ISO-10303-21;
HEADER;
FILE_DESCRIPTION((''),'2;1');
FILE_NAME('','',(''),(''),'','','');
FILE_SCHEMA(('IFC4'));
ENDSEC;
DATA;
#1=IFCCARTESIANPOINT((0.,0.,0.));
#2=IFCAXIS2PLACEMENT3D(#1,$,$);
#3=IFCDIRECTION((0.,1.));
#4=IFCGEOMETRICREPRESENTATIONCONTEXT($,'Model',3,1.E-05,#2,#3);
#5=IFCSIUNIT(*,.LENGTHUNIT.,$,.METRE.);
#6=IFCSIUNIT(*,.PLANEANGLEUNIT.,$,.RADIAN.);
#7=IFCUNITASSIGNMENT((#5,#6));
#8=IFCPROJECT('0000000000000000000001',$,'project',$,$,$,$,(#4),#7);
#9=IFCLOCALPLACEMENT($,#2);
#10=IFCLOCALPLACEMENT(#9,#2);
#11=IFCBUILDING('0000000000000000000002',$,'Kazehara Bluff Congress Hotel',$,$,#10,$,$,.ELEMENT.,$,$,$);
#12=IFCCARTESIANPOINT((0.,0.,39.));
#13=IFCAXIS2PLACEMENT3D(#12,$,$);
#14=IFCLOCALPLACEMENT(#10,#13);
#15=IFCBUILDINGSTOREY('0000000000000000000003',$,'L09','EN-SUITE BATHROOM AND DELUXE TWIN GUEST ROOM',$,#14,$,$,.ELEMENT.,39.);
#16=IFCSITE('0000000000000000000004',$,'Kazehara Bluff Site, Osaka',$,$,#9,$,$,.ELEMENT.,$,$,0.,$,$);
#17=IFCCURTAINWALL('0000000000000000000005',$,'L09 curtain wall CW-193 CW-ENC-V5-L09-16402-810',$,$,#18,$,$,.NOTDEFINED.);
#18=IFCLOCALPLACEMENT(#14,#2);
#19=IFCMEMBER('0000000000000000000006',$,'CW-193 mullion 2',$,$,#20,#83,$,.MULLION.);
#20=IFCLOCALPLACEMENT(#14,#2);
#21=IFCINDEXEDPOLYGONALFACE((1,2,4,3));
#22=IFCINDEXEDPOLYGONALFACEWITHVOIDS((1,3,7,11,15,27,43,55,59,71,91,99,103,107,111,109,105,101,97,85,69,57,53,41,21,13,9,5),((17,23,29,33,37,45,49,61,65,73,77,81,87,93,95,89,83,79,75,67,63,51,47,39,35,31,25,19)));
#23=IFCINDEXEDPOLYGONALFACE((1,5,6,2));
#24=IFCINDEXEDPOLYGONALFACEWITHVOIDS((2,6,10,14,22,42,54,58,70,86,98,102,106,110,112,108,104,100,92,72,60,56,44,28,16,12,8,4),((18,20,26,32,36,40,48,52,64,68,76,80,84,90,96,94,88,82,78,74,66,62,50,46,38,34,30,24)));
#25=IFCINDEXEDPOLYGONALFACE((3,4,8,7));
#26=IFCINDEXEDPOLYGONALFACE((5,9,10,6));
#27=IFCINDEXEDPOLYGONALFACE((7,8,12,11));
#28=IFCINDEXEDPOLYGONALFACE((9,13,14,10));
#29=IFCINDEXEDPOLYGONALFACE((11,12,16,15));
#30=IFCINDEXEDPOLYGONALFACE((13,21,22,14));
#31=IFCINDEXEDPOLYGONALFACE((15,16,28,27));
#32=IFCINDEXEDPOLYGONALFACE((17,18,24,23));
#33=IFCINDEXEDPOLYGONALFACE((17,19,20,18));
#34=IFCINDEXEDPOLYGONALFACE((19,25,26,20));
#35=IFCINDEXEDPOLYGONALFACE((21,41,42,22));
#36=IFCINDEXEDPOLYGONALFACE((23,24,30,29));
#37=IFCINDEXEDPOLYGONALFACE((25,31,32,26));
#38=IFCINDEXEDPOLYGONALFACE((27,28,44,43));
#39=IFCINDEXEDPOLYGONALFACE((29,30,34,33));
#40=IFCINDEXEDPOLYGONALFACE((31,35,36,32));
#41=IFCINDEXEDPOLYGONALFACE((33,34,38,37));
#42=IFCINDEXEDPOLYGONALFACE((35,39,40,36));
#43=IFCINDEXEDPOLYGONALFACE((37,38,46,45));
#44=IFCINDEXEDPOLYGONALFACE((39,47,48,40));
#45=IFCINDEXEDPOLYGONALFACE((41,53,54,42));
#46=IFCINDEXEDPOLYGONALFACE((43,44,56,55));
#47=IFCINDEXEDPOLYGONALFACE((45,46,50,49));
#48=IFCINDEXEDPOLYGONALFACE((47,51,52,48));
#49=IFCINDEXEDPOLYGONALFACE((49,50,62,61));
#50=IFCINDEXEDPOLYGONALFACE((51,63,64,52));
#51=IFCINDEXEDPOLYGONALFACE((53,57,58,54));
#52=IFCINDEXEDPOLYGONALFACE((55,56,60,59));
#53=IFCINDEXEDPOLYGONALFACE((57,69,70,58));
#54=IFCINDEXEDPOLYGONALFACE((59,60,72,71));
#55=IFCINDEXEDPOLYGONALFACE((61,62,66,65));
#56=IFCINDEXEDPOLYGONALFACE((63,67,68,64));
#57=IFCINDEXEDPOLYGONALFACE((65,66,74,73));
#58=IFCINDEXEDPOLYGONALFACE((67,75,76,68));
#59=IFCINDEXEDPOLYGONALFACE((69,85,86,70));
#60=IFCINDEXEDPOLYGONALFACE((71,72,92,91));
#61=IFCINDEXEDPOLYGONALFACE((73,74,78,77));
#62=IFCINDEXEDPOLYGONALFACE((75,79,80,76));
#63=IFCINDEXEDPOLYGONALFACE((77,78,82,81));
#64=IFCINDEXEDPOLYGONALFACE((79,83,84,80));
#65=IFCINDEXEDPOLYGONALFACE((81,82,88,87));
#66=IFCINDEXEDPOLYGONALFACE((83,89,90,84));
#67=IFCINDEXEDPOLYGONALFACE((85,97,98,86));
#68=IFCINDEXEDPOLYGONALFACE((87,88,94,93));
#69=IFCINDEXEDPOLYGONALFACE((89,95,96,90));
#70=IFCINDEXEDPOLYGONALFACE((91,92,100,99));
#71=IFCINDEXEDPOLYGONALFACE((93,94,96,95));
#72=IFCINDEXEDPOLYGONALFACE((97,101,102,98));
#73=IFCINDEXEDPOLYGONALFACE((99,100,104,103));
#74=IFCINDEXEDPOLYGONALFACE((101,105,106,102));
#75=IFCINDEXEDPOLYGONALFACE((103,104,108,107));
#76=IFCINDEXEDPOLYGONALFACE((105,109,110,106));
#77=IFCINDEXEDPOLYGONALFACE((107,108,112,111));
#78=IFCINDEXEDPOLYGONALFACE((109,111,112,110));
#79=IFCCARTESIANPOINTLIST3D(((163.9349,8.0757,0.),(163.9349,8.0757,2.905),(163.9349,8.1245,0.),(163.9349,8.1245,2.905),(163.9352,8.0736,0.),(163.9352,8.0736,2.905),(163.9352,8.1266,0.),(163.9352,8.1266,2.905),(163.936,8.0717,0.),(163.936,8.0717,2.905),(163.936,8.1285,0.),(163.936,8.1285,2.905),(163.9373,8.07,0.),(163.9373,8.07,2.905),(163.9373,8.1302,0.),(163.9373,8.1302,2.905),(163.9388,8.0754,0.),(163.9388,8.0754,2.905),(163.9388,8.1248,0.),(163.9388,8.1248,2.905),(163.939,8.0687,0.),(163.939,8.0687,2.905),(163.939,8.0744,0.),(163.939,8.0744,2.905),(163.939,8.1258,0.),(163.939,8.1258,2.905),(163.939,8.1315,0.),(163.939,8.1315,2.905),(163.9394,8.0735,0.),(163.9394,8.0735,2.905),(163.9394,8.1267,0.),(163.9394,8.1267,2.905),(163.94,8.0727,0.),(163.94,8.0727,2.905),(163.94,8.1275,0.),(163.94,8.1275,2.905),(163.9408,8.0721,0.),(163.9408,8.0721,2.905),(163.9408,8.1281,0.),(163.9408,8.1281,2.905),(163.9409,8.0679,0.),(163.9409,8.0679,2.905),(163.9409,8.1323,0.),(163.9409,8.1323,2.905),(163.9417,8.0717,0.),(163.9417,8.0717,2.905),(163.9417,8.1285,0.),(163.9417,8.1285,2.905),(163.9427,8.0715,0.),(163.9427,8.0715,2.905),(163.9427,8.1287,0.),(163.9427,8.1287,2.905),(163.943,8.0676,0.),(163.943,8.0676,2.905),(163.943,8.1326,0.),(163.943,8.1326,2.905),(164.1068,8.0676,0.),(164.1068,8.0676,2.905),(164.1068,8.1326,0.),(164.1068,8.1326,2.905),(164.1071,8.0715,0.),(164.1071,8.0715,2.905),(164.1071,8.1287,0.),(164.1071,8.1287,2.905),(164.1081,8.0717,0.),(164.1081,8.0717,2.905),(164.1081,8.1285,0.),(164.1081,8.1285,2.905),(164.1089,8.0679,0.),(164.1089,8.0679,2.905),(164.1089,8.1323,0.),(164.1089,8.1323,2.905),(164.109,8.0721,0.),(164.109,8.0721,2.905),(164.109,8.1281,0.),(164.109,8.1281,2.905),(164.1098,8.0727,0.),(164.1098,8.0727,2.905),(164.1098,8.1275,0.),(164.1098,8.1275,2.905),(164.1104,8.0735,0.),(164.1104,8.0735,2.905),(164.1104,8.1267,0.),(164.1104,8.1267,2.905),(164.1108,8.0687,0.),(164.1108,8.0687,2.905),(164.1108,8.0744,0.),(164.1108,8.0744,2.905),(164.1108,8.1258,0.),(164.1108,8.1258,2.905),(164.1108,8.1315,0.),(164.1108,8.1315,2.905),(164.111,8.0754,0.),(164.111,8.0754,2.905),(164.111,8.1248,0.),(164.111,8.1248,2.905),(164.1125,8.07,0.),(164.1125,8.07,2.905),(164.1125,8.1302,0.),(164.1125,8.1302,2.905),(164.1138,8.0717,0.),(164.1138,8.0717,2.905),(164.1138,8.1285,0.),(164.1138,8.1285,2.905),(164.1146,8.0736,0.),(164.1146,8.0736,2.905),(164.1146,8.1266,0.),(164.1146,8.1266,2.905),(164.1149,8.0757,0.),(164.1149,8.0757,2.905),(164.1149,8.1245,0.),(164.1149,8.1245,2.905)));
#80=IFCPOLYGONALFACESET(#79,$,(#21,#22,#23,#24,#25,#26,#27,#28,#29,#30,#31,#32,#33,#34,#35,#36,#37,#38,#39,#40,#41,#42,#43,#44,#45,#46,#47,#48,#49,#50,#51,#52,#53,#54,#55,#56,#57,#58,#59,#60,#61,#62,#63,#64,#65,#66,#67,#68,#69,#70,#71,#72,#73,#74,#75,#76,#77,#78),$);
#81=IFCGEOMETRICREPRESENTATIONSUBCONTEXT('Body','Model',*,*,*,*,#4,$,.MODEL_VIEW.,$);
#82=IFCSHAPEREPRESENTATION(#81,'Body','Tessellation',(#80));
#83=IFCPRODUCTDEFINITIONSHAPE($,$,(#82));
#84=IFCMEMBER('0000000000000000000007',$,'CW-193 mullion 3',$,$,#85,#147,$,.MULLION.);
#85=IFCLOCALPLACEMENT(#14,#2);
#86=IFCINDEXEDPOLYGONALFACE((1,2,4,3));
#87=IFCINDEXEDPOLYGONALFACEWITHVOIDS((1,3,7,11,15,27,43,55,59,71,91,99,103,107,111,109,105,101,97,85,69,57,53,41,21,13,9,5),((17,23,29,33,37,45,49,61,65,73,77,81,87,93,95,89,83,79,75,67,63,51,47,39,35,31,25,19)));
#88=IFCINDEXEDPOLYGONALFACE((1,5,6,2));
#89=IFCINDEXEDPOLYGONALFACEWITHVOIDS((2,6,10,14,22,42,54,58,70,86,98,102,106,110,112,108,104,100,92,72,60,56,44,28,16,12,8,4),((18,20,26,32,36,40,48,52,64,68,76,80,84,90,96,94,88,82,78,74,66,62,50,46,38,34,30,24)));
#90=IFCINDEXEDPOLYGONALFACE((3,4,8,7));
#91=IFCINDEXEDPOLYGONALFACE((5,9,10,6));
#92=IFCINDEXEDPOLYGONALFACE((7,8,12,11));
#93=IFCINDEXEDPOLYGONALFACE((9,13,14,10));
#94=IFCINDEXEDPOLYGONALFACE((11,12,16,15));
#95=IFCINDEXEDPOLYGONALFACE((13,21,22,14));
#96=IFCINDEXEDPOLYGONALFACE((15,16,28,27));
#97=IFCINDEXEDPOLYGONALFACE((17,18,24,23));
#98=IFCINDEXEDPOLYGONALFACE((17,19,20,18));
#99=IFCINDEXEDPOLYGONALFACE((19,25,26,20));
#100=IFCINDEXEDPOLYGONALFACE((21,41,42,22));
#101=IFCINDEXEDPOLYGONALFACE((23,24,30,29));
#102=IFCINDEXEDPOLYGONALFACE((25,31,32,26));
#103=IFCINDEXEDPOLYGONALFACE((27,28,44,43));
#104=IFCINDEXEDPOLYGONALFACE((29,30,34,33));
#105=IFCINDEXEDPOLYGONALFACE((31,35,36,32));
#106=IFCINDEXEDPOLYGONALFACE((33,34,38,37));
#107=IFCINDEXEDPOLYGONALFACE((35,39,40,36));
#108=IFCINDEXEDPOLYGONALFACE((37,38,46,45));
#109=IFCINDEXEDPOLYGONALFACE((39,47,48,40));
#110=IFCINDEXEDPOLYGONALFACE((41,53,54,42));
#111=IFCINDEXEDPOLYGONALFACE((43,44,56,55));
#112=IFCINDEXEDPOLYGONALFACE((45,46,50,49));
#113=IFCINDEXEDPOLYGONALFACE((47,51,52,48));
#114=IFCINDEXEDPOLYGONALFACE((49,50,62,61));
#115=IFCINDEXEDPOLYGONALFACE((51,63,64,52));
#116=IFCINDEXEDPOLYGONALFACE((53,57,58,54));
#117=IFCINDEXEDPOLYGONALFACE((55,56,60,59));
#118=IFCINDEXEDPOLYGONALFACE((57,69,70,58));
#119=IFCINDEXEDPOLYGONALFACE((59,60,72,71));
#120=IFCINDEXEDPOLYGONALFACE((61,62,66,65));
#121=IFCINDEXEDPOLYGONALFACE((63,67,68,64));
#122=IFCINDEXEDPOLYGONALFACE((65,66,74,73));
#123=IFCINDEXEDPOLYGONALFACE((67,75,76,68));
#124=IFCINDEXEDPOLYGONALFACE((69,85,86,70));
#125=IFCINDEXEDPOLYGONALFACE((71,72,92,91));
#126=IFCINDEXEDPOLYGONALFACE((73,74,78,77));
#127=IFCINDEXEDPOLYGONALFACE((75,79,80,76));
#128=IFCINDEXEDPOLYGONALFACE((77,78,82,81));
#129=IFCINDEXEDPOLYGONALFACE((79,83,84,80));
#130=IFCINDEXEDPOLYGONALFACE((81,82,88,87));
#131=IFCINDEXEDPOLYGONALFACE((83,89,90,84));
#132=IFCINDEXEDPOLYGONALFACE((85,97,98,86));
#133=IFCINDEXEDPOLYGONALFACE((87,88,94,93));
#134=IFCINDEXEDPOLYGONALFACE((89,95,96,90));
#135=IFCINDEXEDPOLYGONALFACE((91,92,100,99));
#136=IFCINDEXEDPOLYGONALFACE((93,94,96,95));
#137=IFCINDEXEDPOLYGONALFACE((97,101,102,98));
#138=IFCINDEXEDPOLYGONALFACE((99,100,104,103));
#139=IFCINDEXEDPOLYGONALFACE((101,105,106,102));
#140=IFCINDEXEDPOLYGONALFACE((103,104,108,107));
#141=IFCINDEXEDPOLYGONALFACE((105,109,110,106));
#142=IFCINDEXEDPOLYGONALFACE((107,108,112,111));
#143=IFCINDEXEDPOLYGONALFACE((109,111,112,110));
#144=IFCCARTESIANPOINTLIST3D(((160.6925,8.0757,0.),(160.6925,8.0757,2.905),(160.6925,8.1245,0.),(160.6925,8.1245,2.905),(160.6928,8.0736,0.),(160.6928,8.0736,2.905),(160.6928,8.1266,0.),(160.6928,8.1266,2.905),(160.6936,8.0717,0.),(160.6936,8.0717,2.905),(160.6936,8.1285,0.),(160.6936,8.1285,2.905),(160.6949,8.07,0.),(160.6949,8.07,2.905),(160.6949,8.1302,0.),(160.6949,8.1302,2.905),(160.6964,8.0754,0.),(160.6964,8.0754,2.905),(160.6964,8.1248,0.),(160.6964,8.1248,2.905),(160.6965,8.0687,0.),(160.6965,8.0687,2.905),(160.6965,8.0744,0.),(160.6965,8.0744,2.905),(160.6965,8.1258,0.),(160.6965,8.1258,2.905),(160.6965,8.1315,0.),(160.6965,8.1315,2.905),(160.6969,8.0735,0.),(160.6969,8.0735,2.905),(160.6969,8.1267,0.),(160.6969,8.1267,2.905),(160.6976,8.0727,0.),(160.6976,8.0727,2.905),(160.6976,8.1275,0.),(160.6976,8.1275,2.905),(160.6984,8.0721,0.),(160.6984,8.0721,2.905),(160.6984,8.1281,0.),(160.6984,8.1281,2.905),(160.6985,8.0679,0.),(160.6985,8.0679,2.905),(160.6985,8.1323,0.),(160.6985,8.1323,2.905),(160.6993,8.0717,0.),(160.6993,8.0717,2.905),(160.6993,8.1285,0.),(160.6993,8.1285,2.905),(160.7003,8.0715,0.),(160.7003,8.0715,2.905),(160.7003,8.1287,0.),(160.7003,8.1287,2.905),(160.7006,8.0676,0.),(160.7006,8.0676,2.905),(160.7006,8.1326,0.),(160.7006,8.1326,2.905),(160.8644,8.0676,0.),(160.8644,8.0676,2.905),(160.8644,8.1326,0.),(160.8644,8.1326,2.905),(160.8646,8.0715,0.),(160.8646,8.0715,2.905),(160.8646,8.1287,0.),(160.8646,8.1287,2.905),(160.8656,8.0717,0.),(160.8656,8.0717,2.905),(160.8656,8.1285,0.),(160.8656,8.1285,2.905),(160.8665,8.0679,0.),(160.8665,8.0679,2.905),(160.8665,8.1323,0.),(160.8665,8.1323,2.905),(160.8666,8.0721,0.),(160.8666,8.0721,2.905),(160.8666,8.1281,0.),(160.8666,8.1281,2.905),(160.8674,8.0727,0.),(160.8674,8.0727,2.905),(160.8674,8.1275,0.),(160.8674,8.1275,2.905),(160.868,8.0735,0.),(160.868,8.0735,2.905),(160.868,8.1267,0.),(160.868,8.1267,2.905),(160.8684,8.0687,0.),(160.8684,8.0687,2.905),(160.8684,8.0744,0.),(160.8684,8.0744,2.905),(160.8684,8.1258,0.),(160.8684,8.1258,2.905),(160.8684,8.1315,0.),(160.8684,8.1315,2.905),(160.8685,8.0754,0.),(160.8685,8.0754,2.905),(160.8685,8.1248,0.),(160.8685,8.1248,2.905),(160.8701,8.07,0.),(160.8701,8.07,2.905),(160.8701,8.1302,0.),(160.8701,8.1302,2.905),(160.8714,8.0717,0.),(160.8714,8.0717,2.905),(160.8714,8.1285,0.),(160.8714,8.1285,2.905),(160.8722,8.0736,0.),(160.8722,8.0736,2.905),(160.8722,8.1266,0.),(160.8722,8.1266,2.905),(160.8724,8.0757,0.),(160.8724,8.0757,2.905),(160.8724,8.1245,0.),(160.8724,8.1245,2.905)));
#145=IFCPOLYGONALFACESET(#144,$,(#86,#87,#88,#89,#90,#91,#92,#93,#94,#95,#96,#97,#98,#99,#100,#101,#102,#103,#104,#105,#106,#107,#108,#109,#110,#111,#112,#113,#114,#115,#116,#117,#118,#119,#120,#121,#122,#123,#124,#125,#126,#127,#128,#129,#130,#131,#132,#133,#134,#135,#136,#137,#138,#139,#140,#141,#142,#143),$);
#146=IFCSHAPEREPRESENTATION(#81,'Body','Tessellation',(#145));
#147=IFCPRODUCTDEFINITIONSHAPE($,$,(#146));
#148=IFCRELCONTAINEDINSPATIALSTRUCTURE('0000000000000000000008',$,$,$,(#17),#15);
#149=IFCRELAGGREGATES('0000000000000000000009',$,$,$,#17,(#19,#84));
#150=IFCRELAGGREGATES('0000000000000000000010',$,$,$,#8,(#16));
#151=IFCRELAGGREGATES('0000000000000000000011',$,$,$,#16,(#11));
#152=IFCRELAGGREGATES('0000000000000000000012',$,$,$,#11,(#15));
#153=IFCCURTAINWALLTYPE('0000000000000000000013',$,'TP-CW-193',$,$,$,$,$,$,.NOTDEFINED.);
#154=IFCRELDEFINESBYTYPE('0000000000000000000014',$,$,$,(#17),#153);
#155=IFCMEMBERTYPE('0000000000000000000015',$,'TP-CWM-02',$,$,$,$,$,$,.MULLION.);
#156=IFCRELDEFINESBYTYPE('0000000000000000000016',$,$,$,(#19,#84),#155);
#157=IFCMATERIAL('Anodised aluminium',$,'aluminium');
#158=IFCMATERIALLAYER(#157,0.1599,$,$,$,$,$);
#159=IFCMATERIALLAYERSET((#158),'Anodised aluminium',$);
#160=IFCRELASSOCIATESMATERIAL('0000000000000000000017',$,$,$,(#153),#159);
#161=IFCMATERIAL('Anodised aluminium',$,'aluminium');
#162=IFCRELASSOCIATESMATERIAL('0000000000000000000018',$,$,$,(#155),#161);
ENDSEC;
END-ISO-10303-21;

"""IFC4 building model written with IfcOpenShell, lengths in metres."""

from ifc_helpers import new_model, si_unit, direction, frame, origin, origin_2d, place, context, subcontext, project, spatial, hollow_rectangle, extrude, material, layer, layer_set, material_profile, profile_set, type_object, element, aggregate, save


model = new_model("IFC4")

# Units and contexts
model_context = context("Model", 3, precision=1e-05, world=origin(), true_north=direction((0.0, 1.0)))
body_context = subcontext(model_context, "Body", "Model", "MODEL_VIEW")
ifc_project = project(units=[si_unit("LENGTHUNIT", "METRE"), si_unit("PLANEANGLEUNIT", "RADIAN")], contexts=[model_context])

# Site, building, storey
site_placement = place(None, origin())
site = spatial("IfcSite", under=ifc_project, at=site_placement, Name="Kazehara Bluff Site, Osaka", CompositionType="ELEMENT", RefElevation=0.0)
building_placement = place(site_placement, origin())
building = spatial("IfcBuilding", under=site, at=building_placement, Name="Kazehara Bluff Congress Hotel", CompositionType="ELEMENT")
storey_placement = place(building_placement, frame((0.0, 0.0, 39.0)))
storey = spatial("IfcBuildingStorey", under=building, at=storey_placement, Name="L09", Description="EN-SUITE BATHROOM AND DELUXE TWIN GUEST ROOM", CompositionType="ELEMENT", Elevation=39.0)

# Curtain wall, members
ifc_material_1 = material(Name="Anodised aluminium", Category="aluminium")
ifc_layer_1 = layer(ifc_material_1, 0.1599)
ifc_layer_set_1 = layer_set([ifc_layer_1], Name="Anodised aluminium")
curtain_wall_type = type_object("IfcCurtainWallType", Name="TP-CW-193", PredefinedType="NOTDEFINED", material=ifc_layer_set_1)
curtain_wall_placement = place(storey_placement, origin())
curtain_wall = element("IfcCurtainWall", 1, at=curtain_wall_placement, inside=storey, type_object=curtain_wall_type, Name="L09 curtain wall CW-193 CW-ENC-V5-L09-16402-810", PredefinedType="NOTDEFINED")
ifc_material_2 = material(Name="Anodised aluminium", Category="aluminium")
ifc_material_profile_1 = material_profile(ifc_material_2, hollow_rectangle(XDim=0.0649, YDim=0.1799, WallThickness=0.0039, InnerFilletRadius=0.0039, OuterFilletRadius=0.0081, at=origin_2d()))
ifc_profile_set_1 = profile_set([ifc_material_profile_1], Name="Anodised aluminium")
member_type_1 = type_object("IfcMemberType", Name="TP-CWM-02", PredefinedType="MULLION", material=ifc_profile_set_1)
member_1_placement = place(storey_placement, frame((164.0249, 8.1001, 0.0), z_axis=(0.0, 0.0, 1.0), x_axis=(0.0, -1.0, 0.0)))
member_1 = element("IfcMember", 2, at=member_1_placement, type_object=member_type_1, Name="CW-193 mullion 2", PredefinedType="MULLION", context=body_context, shape_type="SweptSolid", body=[
    extrude(hollow_rectangle(XDim=0.0649, YDim=0.1799, WallThickness=0.0039, InnerFilletRadius=0.0039, OuterFilletRadius=0.0081, at=origin_2d()), origin(), (0.0, 0.0, 1.0), 2.905),
])
member_2_placement = place(storey_placement, frame((160.7825, 8.1001, 0.0), z_axis=(0.0, 0.0, 1.0), x_axis=(0.0, -1.0, 0.0)))
member_2 = element("IfcMember", 3, at=member_2_placement, type_object=member_type_1, Name="CW-193 mullion 3", PredefinedType="MULLION", context=body_context, shape_type="SweptSolid", body=[
    extrude(hollow_rectangle(XDim=0.0649, YDim=0.1799, WallThickness=0.0039, InnerFilletRadius=0.0039, OuterFilletRadius=0.0081, at=origin_2d()), origin(), (0.0, 0.0, 1.0), 2.905),
])

aggregate(curtain_wall, [member_1, member_2])

save(model, "model.ifc")
